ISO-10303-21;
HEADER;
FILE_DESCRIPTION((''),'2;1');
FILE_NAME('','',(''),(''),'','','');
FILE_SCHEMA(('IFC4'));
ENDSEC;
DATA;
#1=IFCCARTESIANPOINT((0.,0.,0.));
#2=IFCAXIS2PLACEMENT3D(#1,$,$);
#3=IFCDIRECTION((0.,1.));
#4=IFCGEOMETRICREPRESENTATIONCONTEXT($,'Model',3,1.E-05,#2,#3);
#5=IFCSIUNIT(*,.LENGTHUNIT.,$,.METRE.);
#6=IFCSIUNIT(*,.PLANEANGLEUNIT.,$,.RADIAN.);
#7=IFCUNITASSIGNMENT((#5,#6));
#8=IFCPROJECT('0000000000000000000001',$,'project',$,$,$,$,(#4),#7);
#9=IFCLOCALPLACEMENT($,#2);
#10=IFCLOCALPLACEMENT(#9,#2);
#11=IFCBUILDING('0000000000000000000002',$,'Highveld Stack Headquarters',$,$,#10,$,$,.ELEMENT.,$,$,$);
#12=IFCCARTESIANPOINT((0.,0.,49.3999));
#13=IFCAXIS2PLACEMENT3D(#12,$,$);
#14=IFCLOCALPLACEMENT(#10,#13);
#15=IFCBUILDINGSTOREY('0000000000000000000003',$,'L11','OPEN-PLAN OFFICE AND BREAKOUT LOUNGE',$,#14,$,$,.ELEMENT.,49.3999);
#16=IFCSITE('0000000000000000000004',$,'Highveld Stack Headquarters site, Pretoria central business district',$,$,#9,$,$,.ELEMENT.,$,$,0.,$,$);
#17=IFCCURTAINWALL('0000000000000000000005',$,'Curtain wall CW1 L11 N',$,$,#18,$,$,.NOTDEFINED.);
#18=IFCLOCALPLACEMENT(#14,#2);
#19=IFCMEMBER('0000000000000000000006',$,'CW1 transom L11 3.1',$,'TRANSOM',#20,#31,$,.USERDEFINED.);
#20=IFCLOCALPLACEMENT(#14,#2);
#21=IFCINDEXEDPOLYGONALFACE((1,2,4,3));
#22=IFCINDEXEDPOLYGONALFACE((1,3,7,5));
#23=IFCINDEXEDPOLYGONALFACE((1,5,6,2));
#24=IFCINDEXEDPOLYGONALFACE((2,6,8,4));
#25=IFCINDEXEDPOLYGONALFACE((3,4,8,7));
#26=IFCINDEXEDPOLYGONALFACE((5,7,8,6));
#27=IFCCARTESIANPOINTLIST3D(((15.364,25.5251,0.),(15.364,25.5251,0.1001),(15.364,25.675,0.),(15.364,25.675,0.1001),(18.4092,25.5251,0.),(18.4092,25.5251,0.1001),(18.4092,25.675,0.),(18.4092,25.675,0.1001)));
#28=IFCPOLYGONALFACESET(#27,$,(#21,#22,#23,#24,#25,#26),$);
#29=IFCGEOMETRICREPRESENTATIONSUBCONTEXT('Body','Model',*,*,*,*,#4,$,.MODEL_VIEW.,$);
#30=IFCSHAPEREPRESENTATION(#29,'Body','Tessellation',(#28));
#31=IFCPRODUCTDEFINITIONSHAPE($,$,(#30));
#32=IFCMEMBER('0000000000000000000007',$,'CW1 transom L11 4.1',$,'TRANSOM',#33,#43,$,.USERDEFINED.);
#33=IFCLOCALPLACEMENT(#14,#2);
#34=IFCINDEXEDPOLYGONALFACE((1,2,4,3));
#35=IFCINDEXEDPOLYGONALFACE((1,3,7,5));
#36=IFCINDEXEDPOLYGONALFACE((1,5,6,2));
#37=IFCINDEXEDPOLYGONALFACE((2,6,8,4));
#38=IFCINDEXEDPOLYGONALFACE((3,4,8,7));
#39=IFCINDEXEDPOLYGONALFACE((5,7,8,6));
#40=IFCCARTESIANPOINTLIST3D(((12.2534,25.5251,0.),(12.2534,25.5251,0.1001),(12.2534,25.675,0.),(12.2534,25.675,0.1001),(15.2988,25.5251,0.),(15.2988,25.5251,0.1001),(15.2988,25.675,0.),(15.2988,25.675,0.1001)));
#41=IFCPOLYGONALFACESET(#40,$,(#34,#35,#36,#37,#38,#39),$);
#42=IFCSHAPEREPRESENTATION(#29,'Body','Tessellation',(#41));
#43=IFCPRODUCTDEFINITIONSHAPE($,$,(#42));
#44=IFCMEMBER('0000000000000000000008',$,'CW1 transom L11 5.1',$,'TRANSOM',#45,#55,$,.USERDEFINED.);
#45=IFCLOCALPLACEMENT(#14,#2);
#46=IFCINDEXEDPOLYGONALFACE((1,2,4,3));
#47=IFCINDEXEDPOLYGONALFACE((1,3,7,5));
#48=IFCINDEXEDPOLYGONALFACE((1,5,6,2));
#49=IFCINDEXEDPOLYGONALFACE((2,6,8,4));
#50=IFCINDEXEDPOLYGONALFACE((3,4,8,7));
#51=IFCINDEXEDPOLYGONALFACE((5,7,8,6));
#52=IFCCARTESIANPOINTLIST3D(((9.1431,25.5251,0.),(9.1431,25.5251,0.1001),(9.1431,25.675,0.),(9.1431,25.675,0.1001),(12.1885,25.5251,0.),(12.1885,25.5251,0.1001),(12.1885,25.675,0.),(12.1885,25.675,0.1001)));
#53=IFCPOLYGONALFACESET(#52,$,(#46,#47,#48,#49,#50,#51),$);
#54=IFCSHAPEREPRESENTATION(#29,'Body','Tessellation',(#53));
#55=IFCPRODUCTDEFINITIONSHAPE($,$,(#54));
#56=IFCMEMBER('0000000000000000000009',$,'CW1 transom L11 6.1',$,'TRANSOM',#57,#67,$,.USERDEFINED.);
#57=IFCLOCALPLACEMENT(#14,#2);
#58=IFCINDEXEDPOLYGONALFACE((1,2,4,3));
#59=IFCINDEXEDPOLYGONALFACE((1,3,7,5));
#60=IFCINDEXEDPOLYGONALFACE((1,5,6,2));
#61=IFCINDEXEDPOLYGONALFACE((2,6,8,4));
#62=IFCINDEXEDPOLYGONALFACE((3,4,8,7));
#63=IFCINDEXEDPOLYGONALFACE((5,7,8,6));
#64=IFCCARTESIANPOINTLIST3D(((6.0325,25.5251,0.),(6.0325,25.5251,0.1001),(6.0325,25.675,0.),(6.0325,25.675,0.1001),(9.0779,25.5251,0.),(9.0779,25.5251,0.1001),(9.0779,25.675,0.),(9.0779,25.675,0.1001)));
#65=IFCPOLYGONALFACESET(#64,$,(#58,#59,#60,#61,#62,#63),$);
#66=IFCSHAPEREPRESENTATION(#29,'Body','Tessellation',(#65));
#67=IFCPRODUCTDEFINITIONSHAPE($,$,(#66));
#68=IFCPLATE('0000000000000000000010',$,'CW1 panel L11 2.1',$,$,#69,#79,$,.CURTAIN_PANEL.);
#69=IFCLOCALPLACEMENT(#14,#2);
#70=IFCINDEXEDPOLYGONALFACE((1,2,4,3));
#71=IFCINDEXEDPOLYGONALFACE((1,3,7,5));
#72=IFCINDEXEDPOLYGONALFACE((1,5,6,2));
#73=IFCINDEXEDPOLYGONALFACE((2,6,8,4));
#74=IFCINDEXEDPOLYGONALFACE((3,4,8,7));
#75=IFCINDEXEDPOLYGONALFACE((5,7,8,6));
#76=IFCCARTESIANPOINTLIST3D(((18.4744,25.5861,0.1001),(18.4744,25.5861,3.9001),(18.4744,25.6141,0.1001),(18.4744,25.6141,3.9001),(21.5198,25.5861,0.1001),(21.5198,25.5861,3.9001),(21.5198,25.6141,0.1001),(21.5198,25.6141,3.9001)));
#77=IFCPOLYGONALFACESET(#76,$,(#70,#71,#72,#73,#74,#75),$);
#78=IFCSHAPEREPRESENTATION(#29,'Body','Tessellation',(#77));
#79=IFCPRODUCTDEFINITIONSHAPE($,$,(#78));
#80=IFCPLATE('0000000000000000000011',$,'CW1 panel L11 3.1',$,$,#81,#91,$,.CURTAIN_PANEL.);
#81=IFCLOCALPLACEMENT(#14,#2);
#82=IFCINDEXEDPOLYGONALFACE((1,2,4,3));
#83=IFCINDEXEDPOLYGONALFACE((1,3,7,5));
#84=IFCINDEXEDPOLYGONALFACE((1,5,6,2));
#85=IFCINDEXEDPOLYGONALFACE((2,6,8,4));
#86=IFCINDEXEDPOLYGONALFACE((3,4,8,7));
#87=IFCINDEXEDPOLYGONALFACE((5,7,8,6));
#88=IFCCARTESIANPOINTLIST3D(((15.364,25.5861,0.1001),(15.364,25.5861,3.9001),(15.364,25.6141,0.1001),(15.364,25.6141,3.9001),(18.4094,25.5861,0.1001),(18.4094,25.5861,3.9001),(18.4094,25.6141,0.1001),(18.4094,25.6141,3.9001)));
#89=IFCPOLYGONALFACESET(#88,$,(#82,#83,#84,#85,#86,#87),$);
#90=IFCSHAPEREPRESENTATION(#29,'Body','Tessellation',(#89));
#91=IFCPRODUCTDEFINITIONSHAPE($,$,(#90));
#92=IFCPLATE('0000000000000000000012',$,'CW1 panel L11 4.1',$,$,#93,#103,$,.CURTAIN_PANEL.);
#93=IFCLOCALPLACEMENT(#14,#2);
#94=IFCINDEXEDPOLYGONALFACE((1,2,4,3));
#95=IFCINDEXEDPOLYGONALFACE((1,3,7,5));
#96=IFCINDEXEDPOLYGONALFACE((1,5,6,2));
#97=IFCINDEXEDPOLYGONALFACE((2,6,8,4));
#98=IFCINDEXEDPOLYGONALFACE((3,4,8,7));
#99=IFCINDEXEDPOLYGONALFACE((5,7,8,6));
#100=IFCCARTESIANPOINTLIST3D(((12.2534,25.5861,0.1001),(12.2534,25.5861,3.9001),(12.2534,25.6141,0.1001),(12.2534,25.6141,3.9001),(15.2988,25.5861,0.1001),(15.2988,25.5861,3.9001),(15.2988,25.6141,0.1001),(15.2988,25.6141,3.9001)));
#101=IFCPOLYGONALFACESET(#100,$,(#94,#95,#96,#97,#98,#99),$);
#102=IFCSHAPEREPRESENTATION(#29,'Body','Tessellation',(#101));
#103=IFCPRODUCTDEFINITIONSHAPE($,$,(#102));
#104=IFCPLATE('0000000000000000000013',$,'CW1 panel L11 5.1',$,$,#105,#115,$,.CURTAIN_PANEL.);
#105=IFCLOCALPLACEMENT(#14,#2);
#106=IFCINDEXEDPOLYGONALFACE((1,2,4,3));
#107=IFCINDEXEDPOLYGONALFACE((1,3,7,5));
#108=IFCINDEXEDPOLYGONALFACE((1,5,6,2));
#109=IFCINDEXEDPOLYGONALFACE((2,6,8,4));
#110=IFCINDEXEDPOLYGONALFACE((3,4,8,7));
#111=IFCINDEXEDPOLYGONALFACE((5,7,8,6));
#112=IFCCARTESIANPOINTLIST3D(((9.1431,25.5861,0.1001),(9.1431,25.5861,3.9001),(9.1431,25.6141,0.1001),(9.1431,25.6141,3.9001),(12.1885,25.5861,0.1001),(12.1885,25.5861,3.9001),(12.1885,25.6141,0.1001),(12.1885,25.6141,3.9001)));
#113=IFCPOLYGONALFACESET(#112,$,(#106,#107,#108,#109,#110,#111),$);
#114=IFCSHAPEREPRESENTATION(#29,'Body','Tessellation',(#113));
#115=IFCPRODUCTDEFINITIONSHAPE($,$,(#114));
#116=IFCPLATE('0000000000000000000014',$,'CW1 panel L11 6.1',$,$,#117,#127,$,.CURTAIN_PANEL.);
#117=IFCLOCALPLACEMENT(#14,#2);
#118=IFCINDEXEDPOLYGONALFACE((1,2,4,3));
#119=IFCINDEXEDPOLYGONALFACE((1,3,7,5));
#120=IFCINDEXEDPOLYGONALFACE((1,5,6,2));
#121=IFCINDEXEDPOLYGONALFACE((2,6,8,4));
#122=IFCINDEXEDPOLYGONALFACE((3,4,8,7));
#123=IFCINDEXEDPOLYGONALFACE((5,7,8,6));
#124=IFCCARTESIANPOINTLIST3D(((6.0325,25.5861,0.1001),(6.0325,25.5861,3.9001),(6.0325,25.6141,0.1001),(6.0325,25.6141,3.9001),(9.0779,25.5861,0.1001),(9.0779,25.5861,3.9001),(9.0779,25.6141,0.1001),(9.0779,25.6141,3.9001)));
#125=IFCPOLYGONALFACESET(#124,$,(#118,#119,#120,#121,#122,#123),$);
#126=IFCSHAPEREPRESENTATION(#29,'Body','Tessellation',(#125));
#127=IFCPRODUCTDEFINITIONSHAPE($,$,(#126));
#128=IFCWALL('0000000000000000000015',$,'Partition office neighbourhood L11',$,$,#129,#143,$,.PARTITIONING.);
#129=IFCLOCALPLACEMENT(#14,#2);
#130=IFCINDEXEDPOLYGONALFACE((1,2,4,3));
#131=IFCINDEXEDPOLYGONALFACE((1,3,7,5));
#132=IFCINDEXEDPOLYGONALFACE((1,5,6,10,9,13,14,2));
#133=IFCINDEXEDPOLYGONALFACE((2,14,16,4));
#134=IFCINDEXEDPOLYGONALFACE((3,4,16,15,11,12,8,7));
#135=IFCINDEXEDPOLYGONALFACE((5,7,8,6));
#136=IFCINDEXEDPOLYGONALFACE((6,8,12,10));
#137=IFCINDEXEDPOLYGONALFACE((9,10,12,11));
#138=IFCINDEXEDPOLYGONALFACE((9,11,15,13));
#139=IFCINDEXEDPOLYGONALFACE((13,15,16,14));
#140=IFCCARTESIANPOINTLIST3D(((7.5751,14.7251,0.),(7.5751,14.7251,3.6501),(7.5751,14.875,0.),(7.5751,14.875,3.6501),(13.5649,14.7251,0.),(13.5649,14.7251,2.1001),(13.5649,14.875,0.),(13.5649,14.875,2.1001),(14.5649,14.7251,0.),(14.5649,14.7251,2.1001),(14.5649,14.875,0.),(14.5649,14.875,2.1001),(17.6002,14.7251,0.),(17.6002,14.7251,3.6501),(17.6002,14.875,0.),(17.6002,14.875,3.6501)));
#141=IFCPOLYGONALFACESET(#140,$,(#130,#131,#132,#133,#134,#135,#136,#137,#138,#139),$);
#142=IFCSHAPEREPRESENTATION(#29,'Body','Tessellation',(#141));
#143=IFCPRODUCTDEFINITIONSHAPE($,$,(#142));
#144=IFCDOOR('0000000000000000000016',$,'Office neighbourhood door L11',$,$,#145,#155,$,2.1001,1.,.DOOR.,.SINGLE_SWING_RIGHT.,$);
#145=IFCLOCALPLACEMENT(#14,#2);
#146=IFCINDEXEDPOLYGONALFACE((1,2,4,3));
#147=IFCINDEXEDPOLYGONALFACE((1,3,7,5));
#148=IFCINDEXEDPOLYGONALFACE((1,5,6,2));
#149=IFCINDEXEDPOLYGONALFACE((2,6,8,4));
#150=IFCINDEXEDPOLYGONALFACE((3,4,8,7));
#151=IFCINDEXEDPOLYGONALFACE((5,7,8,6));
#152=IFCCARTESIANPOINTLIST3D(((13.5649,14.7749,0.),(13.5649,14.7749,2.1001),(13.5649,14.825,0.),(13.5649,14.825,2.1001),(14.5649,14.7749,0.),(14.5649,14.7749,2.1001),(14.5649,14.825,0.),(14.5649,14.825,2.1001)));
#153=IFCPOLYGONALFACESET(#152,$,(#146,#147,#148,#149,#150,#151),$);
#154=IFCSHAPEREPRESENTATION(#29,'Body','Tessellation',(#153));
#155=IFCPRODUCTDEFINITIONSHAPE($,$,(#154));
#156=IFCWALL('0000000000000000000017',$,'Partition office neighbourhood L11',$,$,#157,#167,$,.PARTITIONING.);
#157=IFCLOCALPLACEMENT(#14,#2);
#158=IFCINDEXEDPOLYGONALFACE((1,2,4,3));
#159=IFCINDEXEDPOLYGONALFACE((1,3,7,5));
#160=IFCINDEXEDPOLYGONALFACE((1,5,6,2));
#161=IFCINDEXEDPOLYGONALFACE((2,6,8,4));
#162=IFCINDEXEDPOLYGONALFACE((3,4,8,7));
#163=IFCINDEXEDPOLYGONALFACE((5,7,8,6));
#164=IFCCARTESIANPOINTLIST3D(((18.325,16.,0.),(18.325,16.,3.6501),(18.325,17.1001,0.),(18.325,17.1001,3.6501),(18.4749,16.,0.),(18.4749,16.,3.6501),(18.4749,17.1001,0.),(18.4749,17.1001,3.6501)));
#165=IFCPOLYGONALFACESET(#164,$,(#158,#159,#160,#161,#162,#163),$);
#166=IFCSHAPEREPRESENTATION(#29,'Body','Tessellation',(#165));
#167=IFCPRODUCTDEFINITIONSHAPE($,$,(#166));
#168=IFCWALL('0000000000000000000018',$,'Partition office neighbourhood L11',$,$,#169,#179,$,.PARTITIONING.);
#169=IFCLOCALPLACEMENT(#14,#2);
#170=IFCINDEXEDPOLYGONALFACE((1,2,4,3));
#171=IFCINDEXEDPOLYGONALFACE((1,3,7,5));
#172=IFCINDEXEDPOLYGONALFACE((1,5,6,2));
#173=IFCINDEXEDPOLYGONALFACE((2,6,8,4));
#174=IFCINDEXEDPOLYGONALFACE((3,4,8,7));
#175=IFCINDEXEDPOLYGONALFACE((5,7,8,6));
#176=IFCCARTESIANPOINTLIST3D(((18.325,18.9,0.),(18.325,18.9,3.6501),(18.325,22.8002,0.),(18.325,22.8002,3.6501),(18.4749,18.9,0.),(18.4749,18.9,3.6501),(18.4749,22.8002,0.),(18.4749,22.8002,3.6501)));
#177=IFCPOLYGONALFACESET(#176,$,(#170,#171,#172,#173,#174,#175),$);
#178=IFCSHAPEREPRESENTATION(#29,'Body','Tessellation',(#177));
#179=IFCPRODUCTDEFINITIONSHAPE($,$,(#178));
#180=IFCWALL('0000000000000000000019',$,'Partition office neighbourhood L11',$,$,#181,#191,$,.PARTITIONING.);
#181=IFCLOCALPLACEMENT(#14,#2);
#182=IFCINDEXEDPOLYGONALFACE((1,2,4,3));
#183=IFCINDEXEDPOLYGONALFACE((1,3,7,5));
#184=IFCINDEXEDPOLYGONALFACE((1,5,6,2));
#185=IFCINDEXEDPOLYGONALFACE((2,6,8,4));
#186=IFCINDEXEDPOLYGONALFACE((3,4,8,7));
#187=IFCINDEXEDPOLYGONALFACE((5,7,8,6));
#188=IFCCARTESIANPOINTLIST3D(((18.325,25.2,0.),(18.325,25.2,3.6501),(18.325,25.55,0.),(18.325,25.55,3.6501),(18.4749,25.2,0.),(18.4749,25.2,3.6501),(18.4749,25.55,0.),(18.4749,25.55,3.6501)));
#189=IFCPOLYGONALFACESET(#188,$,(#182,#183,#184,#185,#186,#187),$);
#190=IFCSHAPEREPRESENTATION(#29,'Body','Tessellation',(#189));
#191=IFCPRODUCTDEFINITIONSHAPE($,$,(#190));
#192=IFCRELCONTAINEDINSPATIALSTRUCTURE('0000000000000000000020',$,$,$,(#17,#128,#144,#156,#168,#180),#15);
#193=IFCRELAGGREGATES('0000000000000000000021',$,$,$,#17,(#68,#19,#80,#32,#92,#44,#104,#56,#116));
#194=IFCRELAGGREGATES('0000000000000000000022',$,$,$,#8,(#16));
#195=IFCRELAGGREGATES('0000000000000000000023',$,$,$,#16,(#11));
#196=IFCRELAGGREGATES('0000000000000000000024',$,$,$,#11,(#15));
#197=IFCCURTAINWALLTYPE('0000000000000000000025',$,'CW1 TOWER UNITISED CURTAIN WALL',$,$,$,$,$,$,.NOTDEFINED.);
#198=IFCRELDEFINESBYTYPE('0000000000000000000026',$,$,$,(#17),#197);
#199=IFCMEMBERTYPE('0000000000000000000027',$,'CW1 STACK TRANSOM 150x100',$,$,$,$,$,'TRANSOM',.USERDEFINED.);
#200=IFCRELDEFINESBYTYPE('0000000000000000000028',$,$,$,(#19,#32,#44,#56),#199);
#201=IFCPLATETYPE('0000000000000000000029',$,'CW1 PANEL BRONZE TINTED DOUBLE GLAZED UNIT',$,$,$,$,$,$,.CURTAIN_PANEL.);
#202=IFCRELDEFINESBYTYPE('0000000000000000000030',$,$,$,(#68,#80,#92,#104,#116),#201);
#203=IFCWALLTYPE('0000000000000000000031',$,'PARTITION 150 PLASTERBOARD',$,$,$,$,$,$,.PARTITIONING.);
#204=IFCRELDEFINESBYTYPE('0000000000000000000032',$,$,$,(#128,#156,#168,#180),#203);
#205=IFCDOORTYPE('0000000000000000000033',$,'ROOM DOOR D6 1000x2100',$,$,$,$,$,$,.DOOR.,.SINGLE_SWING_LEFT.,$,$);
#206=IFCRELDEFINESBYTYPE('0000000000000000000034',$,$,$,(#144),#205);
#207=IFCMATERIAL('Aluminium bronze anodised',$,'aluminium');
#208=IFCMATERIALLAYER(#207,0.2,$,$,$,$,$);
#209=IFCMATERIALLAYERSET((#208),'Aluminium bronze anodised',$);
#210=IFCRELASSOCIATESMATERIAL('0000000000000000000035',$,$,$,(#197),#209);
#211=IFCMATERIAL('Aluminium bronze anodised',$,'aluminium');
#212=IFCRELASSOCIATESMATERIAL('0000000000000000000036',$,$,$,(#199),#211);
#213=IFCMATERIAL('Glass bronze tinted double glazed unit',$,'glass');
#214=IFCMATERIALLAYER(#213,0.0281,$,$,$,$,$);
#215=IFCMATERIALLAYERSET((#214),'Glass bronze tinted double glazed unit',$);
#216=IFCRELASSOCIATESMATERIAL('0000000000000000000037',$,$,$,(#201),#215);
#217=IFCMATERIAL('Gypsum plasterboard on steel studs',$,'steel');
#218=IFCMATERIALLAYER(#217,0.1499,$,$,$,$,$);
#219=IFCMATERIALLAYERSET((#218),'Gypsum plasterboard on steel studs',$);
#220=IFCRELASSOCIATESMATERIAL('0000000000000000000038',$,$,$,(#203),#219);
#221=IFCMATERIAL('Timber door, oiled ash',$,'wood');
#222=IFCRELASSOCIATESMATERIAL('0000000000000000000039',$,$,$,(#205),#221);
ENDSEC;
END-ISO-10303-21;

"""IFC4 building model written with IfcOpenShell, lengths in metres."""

from ifc_helpers import new_model, si_unit, direction, frame, frame_2d, origin, origin_2d, place, context, subcontext, project, spatial, rectangle, extrude, material, layer, layer_set, material_profile, profile_set, type_object, element, fill, aggregate, save


model = new_model("IFC4")

# Units and contexts
model_context = context("Model", 3, precision=1e-05, world=origin(), true_north=direction((0.0, 1.0)))
body_context = subcontext(model_context, "Body", "Model", "MODEL_VIEW")
ifc_project = project(units=[si_unit("LENGTHUNIT", "METRE"), si_unit("PLANEANGLEUNIT", "RADIAN")], contexts=[model_context])

# Site, building, storey
site_placement = place(None, origin())
site = spatial("IfcSite", under=ifc_project, at=site_placement, Name="Highveld Stack Headquarters site, Pretoria central business district", CompositionType="ELEMENT", RefElevation=0.0)
building_placement = place(site_placement, origin())
building = spatial("IfcBuilding", under=site, at=building_placement, Name="Highveld Stack Headquarters", CompositionType="ELEMENT")
storey_placement = place(building_placement, frame((0.0, 0.0, 49.3999)))
storey = spatial("IfcBuildingStorey", under=building, at=storey_placement, Name="L11", Description="OPEN-PLAN OFFICE AND BREAKOUT LOUNGE", CompositionType="ELEMENT", Elevation=49.3999)

# Curtain wall, members, plates
ifc_material_1 = material(Name="Aluminium bronze anodised", Category="aluminium")
ifc_layer_1 = layer(ifc_material_1, 0.2)
ifc_layer_set_1 = layer_set([ifc_layer_1], Name="Aluminium bronze anodised")
curtain_wall_type = type_object("IfcCurtainWallType", Name="CW1 TOWER UNITISED CURTAIN WALL", PredefinedType="NOTDEFINED", material=ifc_layer_set_1)
curtain_wall_placement = place(storey_placement, origin())
curtain_wall = element("IfcCurtainWall", 1, at=curtain_wall_placement, inside=storey, type_object=curtain_wall_type, Name="Curtain wall CW1 L11 N", PredefinedType="NOTDEFINED")
ifc_material_2 = material(Name="Aluminium bronze anodised", Category="aluminium")
ifc_material_profile_1 = material_profile(ifc_material_2, rectangle(XDim=0.1499, YDim=0.1001, at=origin_2d()), Name="CW1 TRANSOM 150x100")
ifc_profile_set_1 = profile_set([ifc_material_profile_1], Name="Aluminium bronze anodised")
member_type_1 = type_object("IfcMemberType", Name="CW1 STACK TRANSOM 150x100", ElementType="TRANSOM", PredefinedType="USERDEFINED", material=ifc_profile_set_1)
member_1_placement = place(storey_placement, frame((18.4092, 25.6001, 0.05), z_axis=(-1.0, 0.0, 0.0), x_axis=(0.0, -1.0, 0.0)))
member_1 = element("IfcMember", 2, at=member_1_placement, type_object=member_type_1, Name="CW1 transom L11 3.1", ObjectType="TRANSOM", PredefinedType="USERDEFINED", context=body_context, shape_type="SweptSolid", body=[
    extrude(rectangle(XDim=0.1499, YDim=0.1001, at=origin_2d()), origin(), (0.0, 0.0, 1.0), 3.0452),
])
member_2_placement = place(storey_placement, frame((15.2988, 25.6001, 0.05), z_axis=(-1.0, 0.0, 0.0), x_axis=(0.0, -1.0, 0.0)))
member_2 = element("IfcMember", 3, at=member_2_placement, type_object=member_type_1, Name="CW1 transom L11 4.1", ObjectType="TRANSOM", PredefinedType="USERDEFINED", context=body_context, shape_type="SweptSolid", body=[
    extrude(rectangle(XDim=0.1499, YDim=0.1001, at=origin_2d()), origin(), (0.0, 0.0, 1.0), 3.0454),
])
member_3_placement = place(storey_placement, frame((12.1885, 25.6001, 0.05), z_axis=(-1.0, 0.0, 0.0), x_axis=(0.0, -1.0, 0.0)))
member_3 = element("IfcMember", 4, at=member_3_placement, type_object=member_type_1, Name="CW1 transom L11 5.1", ObjectType="TRANSOM", PredefinedType="USERDEFINED", context=body_context, shape_type="SweptSolid", body=[
    extrude(rectangle(XDim=0.1499, YDim=0.1001, at=origin_2d()), origin(), (0.0, 0.0, 1.0), 3.0454),
])
member_4_placement = place(storey_placement, frame((9.0779, 25.6001, 0.05), z_axis=(-1.0, 0.0, 0.0), x_axis=(0.0, -1.0, 0.0)))
member_4 = element("IfcMember", 5, at=member_4_placement, type_object=member_type_1, Name="CW1 transom L11 6.1", ObjectType="TRANSOM", PredefinedType="USERDEFINED", context=body_context, shape_type="SweptSolid", body=[
    extrude(rectangle(XDim=0.1499, YDim=0.1001, at=origin_2d()), origin(), (0.0, 0.0, 1.0), 3.0454),
])
ifc_material_3 = material(Name="Glass bronze tinted double glazed unit", Category="glass")
ifc_layer_2 = layer(ifc_material_3, 0.0281)
ifc_layer_set_2 = layer_set([ifc_layer_2], Name="Glass bronze tinted double glazed unit")
plate_type = type_object("IfcPlateType", Name="CW1 PANEL BRONZE TINTED DOUBLE GLAZED UNIT", PredefinedType="CURTAIN_PANEL", material=ifc_layer_set_2)
plate_1_placement = place(storey_placement, frame((19.9971, 25.6001, 0.1001), z_axis=(0.0, 0.0, 1.0), x_axis=(-1.0, 0.0, 0.0)))
plate_1 = element("IfcPlate", 6, at=plate_1_placement, type_object=plate_type, Name="CW1 panel L11 2.1", PredefinedType="CURTAIN_PANEL", context=body_context, shape_type="SweptSolid", body=[
    extrude(rectangle(XDim=3.0454, YDim=0.0281, at=origin_2d()), origin(), (0.0, 0.0, 1.0), 3.8),
])
plate_2_placement = place(storey_placement, frame((16.8867, 25.6001, 0.1001), z_axis=(0.0, 0.0, 1.0), x_axis=(-1.0, 0.0, 0.0)))
plate_2 = element("IfcPlate", 7, at=plate_2_placement, type_object=plate_type, Name="CW1 panel L11 3.1", PredefinedType="CURTAIN_PANEL", context=body_context, shape_type="SweptSolid", body=[
    extrude(rectangle(XDim=3.0454, YDim=0.0281, at=origin_2d()), origin(), (0.0, 0.0, 1.0), 3.8),
])
plate_3_placement = place(storey_placement, frame((13.7761, 25.6001, 0.1001), z_axis=(0.0, 0.0, 1.0), x_axis=(-1.0, 0.0, 0.0)))
plate_3 = element("IfcPlate", 8, at=plate_3_placement, type_object=plate_type, Name="CW1 panel L11 4.1", PredefinedType="CURTAIN_PANEL", context=body_context, shape_type="SweptSolid", body=[
    extrude(rectangle(XDim=3.0454, YDim=0.0281, at=origin_2d()), origin(), (0.0, 0.0, 1.0), 3.8),
])
plate_4_placement = place(storey_placement, frame((10.6658, 25.6001, 0.1001), z_axis=(0.0, 0.0, 1.0), x_axis=(-1.0, 0.0, 0.0)))
plate_4 = element("IfcPlate", 9, at=plate_4_placement, type_object=plate_type, Name="CW1 panel L11 5.1", PredefinedType="CURTAIN_PANEL", context=body_context, shape_type="SweptSolid", body=[
    extrude(rectangle(XDim=3.0454, YDim=0.0281, at=origin_2d()), origin(), (0.0, 0.0, 1.0), 3.8),
])
plate_5_placement = place(storey_placement, frame((7.5552, 25.6001, 0.1001), z_axis=(0.0, 0.0, 1.0), x_axis=(-1.0, 0.0, 0.0)))
plate_5 = element("IfcPlate", 10, at=plate_5_placement, type_object=plate_type, Name="CW1 panel L11 6.1", PredefinedType="CURTAIN_PANEL", context=body_context, shape_type="SweptSolid", body=[
    extrude(rectangle(XDim=3.0454, YDim=0.0281, at=origin_2d()), origin(), (0.0, 0.0, 1.0), 3.8),
])
aggregate(curtain_wall, [plate_1, member_1, plate_2, member_2, plate_3, member_3, plate_4, member_4, plate_5])

# Wall, opening, door
ifc_material_4 = material(Name="Gypsum plasterboard on steel studs", Category="steel")
ifc_layer_3 = layer(ifc_material_4, 0.1499)
ifc_layer_set_3 = layer_set([ifc_layer_3], Name="Gypsum plasterboard on steel studs")
wall_type = type_object("IfcWallType", Name="PARTITION 150 PLASTERBOARD", PredefinedType="PARTITIONING", material=ifc_layer_set_3)
wall_1_placement = place(storey_placement, frame((7.575, 14.8, 0.0), z_axis=(0.0, 0.0, 1.0), x_axis=(1.0, 0.0, 0.0)))
wall_1 = element("IfcWall", 11, at=wall_1_placement, inside=storey, type_object=wall_type, Name="Partition office neighbourhood L11", PredefinedType="PARTITIONING", context=body_context, shape_type="SweptSolid", body=[
    extrude(rectangle(XDim=10.0251, YDim=0.1499, at=frame_2d((5.0127, 0.0))), origin(), (0.0, 0.0, 1.0), 3.6501),
])
opening_placement = place(wall_1_placement, frame((5.99, 0.0, 0.0)))
opening = element("IfcOpeningElement", 12, at=opening_placement, cuts=wall_1, PredefinedType="OPENING", context=body_context, shape_type="SweptSolid", body=[
    extrude(rectangle(XDim=1.0, YDim=2.1001, at=frame_2d((0.5, 1.05))), frame((0.0, 0.085, 0.0), z_axis=(0.0, -1.0, 0.0), x_axis=(1.0, 0.0, 0.0)), (0.0, 0.0, 1.0), 0.1699),
])
ifc_material_5 = material(Name="Timber door, oiled ash", Category="wood")
door_type = type_object("IfcDoorType", Name="ROOM DOOR D6 1000x2100", OperationType="SINGLE_SWING_LEFT", PredefinedType="DOOR", material=ifc_material_5)
door_placement = place(opening_placement, origin())
door = element("IfcDoor", 13, at=door_placement, inside=storey, type_object=door_type, Name="Office neighbourhood door L11", OperationType="SINGLE_SWING_RIGHT", OverallHeight=2.1001, OverallWidth=1.0, PredefinedType="DOOR", context=body_context, shape_type="SweptSolid", body=[
    extrude(rectangle(XDim=1.0, YDim=2.1001, at=frame_2d((0.5, 1.05))), frame((0.0, 0.0249, 0.0), z_axis=(0.0, -1.0, 0.0), x_axis=(1.0, 0.0, 0.0)), (0.0, 0.0, 1.0), 0.05),
])
fill(opening, door)

# Walls
wall_2_placement = place(storey_placement, frame((18.3999, 16.0, 0.0), z_axis=(0.0, 0.0, 1.0), x_axis=(0.0, 1.0, 0.0)))
element("IfcWall", 14, at=wall_2_placement, inside=storey, type_object=wall_type, Name="Partition office neighbourhood L11", PredefinedType="PARTITIONING", context=body_context, shape_type="SweptSolid", body=[
    extrude(rectangle(XDim=1.1001, YDim=0.1499, at=frame_2d((0.55, 0.0))), origin(), (0.0, 0.0, 1.0), 3.6501),
])
wall_3_placement = place(storey_placement, frame((18.3999, 18.8999, 0.0), z_axis=(0.0, 0.0, 1.0), x_axis=(0.0, 1.0, 0.0)))
element("IfcWall", 15, at=wall_3_placement, inside=storey, type_object=wall_type, Name="Partition office neighbourhood L11", PredefinedType="PARTITIONING", context=body_context, shape_type="SweptSolid", body=[
    extrude(rectangle(XDim=3.9001, YDim=0.1499, at=frame_2d((1.9502, 0.0))), origin(), (0.0, 0.0, 1.0), 3.6501),
])
wall_4_placement = place(storey_placement, frame((18.3999, 25.2, 0.0), z_axis=(0.0, 0.0, 1.0), x_axis=(0.0, 1.0, 0.0)))
element("IfcWall", 16, at=wall_4_placement, inside=storey, type_object=wall_type, Name="Partition office neighbourhood L11", PredefinedType="PARTITIONING", context=body_context, shape_type="SweptSolid", body=[
    extrude(rectangle(XDim=0.3501, YDim=0.1499, at=frame_2d((0.175, 0.0))), origin(), (0.0, 0.0, 1.0), 3.6501),
])

save(model, "model.ifc")
